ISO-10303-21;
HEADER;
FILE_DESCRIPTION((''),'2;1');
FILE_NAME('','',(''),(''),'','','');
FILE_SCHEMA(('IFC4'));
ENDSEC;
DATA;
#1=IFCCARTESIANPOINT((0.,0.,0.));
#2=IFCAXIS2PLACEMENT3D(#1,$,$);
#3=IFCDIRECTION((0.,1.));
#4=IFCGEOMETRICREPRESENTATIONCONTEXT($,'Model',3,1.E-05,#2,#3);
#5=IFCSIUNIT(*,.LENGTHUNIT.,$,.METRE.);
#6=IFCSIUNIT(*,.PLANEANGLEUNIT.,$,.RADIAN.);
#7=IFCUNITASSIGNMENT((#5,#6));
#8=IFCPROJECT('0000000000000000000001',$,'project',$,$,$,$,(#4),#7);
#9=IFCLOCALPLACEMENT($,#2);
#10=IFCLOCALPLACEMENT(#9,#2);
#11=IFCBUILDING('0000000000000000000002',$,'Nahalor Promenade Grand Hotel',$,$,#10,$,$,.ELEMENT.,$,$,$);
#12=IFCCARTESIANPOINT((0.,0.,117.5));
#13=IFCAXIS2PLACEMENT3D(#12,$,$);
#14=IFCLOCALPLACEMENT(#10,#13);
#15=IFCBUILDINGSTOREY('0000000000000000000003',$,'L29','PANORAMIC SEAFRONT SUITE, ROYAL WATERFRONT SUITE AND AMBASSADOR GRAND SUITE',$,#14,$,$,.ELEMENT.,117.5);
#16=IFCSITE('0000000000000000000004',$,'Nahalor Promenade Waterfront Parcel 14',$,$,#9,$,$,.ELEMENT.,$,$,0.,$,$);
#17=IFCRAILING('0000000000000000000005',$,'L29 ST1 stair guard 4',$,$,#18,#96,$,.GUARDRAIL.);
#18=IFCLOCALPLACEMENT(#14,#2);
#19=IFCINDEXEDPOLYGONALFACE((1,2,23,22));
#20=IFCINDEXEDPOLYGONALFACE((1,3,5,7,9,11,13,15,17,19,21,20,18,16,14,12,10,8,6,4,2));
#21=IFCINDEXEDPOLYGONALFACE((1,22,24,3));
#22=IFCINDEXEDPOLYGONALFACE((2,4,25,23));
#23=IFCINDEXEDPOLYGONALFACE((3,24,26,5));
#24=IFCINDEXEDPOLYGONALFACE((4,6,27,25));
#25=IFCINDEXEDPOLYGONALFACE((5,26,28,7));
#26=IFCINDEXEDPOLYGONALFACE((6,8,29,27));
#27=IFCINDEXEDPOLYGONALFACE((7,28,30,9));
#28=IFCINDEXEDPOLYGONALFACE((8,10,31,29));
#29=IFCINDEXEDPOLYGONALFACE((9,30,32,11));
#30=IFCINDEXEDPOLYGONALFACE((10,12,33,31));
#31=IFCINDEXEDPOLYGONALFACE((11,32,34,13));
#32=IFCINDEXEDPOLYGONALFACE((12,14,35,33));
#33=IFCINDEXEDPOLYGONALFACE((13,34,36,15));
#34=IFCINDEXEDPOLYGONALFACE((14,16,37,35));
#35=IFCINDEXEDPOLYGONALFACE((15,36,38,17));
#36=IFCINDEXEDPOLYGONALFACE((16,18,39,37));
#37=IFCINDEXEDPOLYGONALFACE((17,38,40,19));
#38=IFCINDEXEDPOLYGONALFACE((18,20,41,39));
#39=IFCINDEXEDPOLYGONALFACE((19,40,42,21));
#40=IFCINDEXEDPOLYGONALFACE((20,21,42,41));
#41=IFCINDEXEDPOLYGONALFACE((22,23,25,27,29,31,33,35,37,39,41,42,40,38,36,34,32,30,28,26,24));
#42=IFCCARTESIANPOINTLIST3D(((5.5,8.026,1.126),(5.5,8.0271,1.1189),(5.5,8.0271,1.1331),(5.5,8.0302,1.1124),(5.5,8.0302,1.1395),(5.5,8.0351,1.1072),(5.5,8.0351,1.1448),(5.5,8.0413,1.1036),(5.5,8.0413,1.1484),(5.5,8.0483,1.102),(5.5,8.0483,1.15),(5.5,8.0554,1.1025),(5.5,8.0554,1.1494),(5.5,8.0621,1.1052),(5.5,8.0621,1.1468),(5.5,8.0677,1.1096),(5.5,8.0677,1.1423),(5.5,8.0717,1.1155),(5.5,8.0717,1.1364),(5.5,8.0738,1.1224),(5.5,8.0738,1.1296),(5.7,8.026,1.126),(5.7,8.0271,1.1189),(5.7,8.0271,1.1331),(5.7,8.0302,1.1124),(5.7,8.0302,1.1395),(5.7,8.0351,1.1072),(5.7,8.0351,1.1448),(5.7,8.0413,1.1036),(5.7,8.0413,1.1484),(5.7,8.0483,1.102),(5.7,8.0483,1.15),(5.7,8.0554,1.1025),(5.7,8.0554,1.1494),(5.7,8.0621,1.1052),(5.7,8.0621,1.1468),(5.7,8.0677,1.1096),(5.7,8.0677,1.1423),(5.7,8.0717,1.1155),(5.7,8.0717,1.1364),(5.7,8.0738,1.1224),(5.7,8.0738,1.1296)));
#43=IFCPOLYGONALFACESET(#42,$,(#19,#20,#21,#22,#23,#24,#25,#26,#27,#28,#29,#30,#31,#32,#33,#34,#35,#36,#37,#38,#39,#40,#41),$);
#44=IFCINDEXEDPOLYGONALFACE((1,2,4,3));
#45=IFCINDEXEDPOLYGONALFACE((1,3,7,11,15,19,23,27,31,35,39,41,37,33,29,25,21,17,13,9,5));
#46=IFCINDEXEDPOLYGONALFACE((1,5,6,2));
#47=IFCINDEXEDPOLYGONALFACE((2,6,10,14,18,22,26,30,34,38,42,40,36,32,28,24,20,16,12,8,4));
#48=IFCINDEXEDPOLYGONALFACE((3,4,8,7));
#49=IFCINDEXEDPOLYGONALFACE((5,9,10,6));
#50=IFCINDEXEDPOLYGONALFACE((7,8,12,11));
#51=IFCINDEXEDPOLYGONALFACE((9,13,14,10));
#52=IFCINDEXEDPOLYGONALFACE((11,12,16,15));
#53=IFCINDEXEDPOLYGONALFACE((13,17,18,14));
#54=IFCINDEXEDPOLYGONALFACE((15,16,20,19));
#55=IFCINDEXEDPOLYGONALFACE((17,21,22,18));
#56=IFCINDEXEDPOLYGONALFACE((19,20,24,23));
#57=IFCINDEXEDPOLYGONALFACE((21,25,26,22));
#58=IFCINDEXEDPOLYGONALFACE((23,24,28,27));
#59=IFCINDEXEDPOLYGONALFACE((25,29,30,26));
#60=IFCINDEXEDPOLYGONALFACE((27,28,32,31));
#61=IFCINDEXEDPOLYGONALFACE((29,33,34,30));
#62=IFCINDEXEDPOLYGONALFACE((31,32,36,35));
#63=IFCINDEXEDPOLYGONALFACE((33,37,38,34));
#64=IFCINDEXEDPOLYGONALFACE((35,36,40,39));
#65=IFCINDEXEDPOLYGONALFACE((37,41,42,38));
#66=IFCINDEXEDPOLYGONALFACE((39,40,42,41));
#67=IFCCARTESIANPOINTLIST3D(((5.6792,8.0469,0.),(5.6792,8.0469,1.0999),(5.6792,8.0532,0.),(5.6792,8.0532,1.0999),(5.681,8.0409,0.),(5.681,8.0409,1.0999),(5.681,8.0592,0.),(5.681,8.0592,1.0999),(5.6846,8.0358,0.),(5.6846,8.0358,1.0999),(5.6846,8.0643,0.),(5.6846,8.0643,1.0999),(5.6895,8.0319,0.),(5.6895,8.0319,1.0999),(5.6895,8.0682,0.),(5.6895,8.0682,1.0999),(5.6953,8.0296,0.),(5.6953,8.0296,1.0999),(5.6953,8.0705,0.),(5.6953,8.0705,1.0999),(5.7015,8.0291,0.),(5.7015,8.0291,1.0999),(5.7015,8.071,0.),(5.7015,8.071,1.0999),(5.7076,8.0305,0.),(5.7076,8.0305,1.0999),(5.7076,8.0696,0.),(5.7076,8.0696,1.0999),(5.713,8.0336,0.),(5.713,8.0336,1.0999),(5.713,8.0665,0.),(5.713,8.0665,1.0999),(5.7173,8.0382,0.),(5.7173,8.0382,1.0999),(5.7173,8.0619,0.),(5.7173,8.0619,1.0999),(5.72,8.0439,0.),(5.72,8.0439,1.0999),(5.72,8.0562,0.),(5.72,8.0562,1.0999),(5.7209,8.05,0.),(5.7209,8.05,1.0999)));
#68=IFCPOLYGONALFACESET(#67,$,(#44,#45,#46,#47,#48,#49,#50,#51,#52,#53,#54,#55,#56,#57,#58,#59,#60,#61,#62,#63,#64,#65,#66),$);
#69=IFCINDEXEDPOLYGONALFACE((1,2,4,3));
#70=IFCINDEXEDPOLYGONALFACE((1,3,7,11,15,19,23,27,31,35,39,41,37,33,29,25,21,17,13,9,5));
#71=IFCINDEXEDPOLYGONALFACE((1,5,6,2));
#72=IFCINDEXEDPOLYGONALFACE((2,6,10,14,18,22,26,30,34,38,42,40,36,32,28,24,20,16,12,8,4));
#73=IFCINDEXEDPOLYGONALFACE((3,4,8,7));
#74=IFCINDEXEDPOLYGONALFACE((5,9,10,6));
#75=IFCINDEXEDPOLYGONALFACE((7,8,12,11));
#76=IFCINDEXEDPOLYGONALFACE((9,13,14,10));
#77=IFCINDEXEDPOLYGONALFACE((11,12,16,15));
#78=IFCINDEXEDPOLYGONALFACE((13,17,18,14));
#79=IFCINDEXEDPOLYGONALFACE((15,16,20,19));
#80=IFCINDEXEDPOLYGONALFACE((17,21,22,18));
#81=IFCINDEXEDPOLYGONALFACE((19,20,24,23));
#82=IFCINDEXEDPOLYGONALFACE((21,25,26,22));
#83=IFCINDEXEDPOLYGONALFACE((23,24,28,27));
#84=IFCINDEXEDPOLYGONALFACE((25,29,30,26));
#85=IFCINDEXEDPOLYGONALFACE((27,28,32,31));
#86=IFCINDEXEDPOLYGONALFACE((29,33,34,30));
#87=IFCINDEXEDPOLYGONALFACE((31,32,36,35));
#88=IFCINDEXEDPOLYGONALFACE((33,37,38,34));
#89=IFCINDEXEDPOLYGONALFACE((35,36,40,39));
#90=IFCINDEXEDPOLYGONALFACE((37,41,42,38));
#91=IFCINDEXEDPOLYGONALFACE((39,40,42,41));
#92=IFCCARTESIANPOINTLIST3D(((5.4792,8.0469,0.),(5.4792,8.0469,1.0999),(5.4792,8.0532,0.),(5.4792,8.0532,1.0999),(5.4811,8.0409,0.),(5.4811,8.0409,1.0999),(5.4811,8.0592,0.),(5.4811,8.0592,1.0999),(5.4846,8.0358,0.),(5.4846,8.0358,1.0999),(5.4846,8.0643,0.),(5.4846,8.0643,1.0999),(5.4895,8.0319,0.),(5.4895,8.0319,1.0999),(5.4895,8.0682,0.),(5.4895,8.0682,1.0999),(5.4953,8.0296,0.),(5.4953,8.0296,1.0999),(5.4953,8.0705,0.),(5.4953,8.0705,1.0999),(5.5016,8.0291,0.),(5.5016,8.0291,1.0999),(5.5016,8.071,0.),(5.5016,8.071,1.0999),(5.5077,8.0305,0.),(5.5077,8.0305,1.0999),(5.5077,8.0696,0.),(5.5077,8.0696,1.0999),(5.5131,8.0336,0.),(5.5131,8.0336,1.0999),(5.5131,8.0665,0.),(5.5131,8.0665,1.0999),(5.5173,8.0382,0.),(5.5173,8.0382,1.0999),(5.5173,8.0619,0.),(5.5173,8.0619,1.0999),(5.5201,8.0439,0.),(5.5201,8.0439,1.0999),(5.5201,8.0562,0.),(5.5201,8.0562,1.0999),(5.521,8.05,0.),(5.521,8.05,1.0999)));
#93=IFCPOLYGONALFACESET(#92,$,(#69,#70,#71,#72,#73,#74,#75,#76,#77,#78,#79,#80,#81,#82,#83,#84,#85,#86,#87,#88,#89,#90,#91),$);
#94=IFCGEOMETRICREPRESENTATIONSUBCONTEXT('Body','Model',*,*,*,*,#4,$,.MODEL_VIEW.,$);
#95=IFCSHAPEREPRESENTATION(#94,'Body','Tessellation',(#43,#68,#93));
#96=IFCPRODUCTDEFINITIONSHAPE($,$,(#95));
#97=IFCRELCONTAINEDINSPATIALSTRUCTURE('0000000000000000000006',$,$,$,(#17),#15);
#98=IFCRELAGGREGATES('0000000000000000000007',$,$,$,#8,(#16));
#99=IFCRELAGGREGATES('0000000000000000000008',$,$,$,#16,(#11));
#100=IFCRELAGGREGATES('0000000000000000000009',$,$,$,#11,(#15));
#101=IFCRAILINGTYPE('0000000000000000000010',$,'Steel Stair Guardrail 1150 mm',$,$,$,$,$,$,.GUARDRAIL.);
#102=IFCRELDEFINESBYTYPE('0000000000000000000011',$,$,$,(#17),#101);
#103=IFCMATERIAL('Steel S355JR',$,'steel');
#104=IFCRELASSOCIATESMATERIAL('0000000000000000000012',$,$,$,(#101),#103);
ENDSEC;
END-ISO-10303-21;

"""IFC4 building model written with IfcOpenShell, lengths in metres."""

from ifc_helpers import new_model, si_unit, direction, frame, origin, origin_2d, place, context, subcontext, project, spatial, circle, extrude, material, type_object, element, save


model = new_model("IFC4")

# Units and contexts
model_context = context("Model", 3, precision=1e-05, world=origin(), true_north=direction((0.0, 1.0)))
body_context = subcontext(model_context, "Body", "Model", "MODEL_VIEW")
ifc_project = project(units=[si_unit("LENGTHUNIT", "METRE"), si_unit("PLANEANGLEUNIT", "RADIAN")], contexts=[model_context])

# Site, building, storey
site_placement = place(None, origin())
site = spatial("IfcSite", under=ifc_project, at=site_placement, Name="Nahalor Promenade Waterfront Parcel 14", CompositionType="ELEMENT", RefElevation=0.0)
building_placement = place(site_placement, origin())
building = spatial("IfcBuilding", under=site, at=building_placement, Name="Nahalor Promenade Grand Hotel", CompositionType="ELEMENT")
storey_placement = place(building_placement, frame((0.0, 0.0, 117.5)))
storey = spatial("IfcBuildingStorey", under=building, at=storey_placement, Name="L29", Description="PANORAMIC SEAFRONT SUITE, ROYAL WATERFRONT SUITE AND AMBASSADOR GRAND SUITE", CompositionType="ELEMENT", Elevation=117.5)

# Shared definitions
ifc_material_1 = material(Name="Steel S355JR", Category="steel")

# Railing
railing_type_1 = type_object("IfcRailingType", Name="Steel Stair Guardrail 1150 mm", PredefinedType="GUARDRAIL", material=ifc_material_1)
railing_1_placement = place(storey_placement, frame((5.7, 8.05, 0.0)))
element("IfcRailing", 1, at=railing_1_placement, inside=storey, type_object=railing_type_1, Name="L29 ST1 stair guard 4", PredefinedType="GUARDRAIL", context=body_context, shape_type="SweptSolid", body=[
    extrude(circle(Radius=0.024, at=origin_2d()), frame((0.0, 0.0, 1.126), z_axis=(-1.0, 0.0, 0.0), x_axis=(0.0, -1.0, 0.0)), (0.0, 0.0, 1.0), 0.2),
    extrude(circle(Radius=0.021, at=origin_2d()), origin(), (0.0, 0.0, 1.0), 1.0999),
    extrude(circle(Radius=0.021, at=origin_2d()), frame((-0.2, 0.0, 0.0)), (0.0, 0.0, 1.0), 1.0999),
])

save(model, "model.ifc")
